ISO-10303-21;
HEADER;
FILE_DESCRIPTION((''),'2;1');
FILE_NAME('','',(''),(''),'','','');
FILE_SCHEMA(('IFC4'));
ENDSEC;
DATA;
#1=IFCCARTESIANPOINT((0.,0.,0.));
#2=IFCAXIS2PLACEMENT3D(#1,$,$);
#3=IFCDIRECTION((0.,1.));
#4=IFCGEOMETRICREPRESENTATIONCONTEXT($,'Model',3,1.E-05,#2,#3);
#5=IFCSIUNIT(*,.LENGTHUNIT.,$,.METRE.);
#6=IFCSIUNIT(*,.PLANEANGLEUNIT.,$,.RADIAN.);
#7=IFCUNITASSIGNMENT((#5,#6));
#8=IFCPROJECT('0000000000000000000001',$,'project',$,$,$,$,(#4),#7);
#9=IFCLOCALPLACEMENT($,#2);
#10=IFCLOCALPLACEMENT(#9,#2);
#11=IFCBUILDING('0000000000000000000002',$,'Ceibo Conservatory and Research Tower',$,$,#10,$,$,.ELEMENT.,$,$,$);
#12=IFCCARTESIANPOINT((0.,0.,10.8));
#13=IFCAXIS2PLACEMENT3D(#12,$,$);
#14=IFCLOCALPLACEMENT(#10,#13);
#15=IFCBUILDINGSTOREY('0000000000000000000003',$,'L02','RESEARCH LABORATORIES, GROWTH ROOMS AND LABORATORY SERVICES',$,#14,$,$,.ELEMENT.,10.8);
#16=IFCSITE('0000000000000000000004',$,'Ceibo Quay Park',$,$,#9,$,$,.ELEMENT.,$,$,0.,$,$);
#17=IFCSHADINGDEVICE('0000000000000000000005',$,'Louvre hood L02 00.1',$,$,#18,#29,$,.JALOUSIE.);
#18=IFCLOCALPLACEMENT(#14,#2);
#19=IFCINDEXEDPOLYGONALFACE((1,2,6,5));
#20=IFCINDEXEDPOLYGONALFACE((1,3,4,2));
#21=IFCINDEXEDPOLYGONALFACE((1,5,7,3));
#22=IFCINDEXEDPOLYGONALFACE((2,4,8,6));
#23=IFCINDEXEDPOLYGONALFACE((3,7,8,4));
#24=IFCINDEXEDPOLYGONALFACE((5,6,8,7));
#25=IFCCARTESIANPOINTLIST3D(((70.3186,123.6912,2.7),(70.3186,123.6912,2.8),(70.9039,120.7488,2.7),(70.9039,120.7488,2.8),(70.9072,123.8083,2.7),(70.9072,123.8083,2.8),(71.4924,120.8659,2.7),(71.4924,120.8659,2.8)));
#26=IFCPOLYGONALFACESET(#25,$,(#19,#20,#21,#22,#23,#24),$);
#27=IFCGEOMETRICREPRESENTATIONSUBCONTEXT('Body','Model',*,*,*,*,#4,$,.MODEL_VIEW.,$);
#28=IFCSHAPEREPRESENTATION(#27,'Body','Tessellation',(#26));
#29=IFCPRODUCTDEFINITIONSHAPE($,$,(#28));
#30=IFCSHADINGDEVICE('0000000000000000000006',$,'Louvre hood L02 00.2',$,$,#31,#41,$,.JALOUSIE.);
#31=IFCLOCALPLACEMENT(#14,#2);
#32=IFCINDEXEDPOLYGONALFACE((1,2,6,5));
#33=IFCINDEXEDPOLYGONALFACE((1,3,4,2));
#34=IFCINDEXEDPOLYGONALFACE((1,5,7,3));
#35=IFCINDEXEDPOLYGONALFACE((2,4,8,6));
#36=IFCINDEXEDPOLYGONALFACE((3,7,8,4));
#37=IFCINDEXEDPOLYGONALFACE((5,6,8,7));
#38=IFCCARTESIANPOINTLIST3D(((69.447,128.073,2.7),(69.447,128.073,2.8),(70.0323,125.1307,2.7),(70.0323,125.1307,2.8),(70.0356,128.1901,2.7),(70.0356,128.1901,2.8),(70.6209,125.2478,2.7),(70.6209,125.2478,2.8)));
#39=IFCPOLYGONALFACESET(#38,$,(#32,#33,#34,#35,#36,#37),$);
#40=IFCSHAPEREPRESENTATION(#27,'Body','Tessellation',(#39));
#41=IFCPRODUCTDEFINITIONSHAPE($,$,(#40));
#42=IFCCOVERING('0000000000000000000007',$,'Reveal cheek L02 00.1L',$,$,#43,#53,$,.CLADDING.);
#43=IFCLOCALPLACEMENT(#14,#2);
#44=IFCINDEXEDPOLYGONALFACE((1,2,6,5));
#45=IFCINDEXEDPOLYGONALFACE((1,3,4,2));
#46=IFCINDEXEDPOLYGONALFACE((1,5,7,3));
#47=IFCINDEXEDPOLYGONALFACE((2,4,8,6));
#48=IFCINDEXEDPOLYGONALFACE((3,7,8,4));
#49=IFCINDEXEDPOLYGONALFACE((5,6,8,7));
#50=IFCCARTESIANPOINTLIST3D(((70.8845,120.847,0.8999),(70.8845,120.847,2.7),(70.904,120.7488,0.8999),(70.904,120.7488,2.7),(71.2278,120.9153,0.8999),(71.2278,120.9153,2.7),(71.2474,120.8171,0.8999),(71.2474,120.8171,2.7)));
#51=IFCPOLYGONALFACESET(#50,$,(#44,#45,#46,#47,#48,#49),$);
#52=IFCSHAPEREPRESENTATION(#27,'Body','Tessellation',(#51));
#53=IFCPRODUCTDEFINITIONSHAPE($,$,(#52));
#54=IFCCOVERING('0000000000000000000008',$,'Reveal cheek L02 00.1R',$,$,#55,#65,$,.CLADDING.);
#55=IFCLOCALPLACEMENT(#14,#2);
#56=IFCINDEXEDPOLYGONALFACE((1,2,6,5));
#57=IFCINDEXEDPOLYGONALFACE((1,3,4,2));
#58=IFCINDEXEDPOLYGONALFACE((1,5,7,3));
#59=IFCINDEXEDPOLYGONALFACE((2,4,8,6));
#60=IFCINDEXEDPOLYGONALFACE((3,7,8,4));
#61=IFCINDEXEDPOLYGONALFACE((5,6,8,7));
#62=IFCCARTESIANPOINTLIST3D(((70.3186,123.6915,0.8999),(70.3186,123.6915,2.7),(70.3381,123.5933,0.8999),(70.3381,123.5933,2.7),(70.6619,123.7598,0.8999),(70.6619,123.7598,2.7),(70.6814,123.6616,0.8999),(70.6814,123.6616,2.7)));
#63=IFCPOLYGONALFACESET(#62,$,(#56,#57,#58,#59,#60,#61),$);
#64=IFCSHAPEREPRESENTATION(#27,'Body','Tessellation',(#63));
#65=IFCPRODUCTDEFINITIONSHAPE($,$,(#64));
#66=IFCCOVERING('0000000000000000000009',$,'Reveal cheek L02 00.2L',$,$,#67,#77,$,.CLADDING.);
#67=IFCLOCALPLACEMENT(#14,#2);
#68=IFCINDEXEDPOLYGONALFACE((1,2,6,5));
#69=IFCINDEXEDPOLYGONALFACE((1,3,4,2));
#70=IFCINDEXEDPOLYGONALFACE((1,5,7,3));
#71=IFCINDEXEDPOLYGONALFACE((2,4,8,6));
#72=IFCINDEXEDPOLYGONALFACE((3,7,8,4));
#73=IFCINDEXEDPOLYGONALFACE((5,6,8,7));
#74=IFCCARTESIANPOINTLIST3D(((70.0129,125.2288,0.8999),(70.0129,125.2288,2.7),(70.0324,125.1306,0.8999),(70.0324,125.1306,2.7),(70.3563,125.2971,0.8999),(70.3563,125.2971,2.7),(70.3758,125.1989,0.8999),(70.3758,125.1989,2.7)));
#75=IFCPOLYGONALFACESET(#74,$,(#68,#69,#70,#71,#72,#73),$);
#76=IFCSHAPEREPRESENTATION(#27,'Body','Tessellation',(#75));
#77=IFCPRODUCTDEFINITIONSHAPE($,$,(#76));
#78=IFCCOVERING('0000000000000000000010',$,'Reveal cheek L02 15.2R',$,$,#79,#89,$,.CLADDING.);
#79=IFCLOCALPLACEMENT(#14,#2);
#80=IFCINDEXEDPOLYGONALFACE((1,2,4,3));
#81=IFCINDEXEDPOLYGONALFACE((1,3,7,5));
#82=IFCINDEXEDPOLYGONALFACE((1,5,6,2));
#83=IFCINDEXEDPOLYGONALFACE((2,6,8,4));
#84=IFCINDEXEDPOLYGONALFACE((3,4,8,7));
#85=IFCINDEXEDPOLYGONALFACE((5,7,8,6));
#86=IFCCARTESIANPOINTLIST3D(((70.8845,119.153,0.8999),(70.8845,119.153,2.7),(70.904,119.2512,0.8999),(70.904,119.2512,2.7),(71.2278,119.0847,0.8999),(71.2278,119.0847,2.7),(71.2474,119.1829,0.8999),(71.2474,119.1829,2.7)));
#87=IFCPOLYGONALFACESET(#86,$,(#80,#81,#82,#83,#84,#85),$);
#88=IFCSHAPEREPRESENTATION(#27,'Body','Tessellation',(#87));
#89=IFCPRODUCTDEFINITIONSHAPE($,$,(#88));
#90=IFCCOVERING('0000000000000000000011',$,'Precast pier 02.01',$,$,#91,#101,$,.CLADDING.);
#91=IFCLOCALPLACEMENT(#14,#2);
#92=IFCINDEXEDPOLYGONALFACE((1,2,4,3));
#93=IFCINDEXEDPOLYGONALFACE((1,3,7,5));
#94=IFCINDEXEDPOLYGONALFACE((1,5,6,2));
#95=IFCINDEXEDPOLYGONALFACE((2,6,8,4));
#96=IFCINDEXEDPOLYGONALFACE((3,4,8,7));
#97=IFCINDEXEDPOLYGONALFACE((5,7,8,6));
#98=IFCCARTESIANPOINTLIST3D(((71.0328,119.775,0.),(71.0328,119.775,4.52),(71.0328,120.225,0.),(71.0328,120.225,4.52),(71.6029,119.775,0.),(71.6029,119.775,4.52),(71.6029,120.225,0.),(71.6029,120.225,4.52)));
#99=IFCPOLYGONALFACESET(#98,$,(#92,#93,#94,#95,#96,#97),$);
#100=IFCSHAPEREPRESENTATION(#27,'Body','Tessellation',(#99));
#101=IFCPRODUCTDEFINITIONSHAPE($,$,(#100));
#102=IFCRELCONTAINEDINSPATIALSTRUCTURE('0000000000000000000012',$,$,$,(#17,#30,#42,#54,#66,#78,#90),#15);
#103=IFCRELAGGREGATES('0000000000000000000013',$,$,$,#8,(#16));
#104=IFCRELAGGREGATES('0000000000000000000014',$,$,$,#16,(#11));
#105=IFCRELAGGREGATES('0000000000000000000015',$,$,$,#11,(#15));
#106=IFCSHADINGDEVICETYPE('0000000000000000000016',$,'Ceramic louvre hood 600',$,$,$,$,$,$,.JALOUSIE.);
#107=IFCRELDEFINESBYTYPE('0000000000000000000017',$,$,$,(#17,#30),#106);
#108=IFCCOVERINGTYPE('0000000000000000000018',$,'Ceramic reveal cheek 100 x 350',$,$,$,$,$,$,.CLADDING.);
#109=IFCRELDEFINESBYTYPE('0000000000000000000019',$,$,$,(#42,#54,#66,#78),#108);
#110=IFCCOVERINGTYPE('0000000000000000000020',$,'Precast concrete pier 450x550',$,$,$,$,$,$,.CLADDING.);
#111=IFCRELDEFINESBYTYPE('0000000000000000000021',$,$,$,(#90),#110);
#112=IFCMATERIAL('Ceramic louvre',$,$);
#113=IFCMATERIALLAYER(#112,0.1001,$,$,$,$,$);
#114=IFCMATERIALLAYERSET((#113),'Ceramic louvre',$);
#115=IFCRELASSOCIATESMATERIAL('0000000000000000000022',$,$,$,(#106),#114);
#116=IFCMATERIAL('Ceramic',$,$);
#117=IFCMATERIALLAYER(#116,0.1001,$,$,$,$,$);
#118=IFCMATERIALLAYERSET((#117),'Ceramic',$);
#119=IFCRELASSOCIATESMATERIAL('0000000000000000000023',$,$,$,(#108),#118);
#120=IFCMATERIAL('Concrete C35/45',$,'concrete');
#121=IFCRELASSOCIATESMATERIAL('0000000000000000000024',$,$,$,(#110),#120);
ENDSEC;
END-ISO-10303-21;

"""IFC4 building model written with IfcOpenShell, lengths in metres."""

from ifc_helpers import new_model, si_unit, direction, frame, origin, origin_2d, place, context, subcontext, project, spatial, rectangle, extrude, material, layer, layer_set, type_object, element, save


model = new_model("IFC4")

# Units and contexts
model_context = context("Model", 3, precision=1e-05, world=origin(), true_north=direction((0.0, 1.0)))
body_context = subcontext(model_context, "Body", "Model", "MODEL_VIEW")
ifc_project = project(units=[si_unit("LENGTHUNIT", "METRE"), si_unit("PLANEANGLEUNIT", "RADIAN")], contexts=[model_context])

# Site, building, storey
site_placement = place(None, origin())
site = spatial("IfcSite", under=ifc_project, at=site_placement, Name="Ceibo Quay Park", CompositionType="ELEMENT", RefElevation=0.0)
building_placement = place(site_placement, origin())
building = spatial("IfcBuilding", under=site, at=building_placement, Name="Ceibo Conservatory and Research Tower", CompositionType="ELEMENT")
storey_placement = place(building_placement, frame((0.0, 0.0, 10.8)))
storey = spatial("IfcBuildingStorey", under=building, at=storey_placement, Name="L02", Description="RESEARCH LABORATORIES, GROWTH ROOMS AND LABORATORY SERVICES", CompositionType="ELEMENT", Elevation=10.8)

# Shared definitions
ifc_material_1 = material(Name="Concrete C35/45", Category="concrete")

# Shading devices
ifc_material_2 = material(Name="Ceramic louvre")
ifc_layer_1 = layer(ifc_material_2, 0.1001)
ifc_layer_set_1 = layer_set([ifc_layer_1], Name="Ceramic louvre")
shading_device_type = type_object("IfcShadingDeviceType", Name="Ceramic louvre hood 600", PredefinedType="JALOUSIE", material=ifc_layer_set_1)
for number, where, z_axis, x_axis, name in (
    (1, (70.9055, 122.2786, 2.7), (0.0, 0.0, 1.0), (-0.19509, 0.980785, 0.0), "Louvre hood L02 00.1"),
    (2, (70.0339, 126.6604, 2.7), (0.0, 0.0, 1.0), (-0.19509, 0.980785, 0.0), "Louvre hood L02 00.2"),
):
    element("IfcShadingDevice", number, at=place(storey_placement, frame(where, z_axis=z_axis, x_axis=x_axis)), inside=storey, type_object=shading_device_type, Name=name, PredefinedType="JALOUSIE", context=body_context, shape_type="SweptSolid", body=[
        extrude(rectangle(XDim=3.0, YDim=0.6001, at=origin_2d()), origin(), (0.0, 0.0, 1.0), 0.1001),
    ])

# Coverings
ifc_material_3 = material(Name="Ceramic")
ifc_layer_2 = layer(ifc_material_3, 0.1001)
ifc_layer_set_2 = layer_set([ifc_layer_2], Name="Ceramic")
covering_type_1 = type_object("IfcCoveringType", Name="Ceramic reveal cheek 100 x 350", PredefinedType="CLADDING", material=ifc_layer_set_2)
for number, where, z_axis, x_axis, name in (
    (3, (71.0659, 120.832, 0.8999), (0.0, 0.0, 1.0), (-0.19509, 0.980785, 0.0), "Reveal cheek L02 00.1L"),
    (4, (70.5, 123.6765, 0.8999), (0.0, 0.0, 1.0), (-0.19509, 0.980785, 0.0), "Reveal cheek L02 00.1R"),
    (5, (70.1943, 125.2139, 0.8999), (0.0, 0.0, 1.0), (-0.19509, 0.980785, 0.0), "Reveal cheek L02 00.2L"),
    (6, (71.0659, 119.168, 0.8999), (0.0, 0.0, 1.0), (0.19509, 0.980785, 0.0), "Reveal cheek L02 15.2R"),
):
    element("IfcCovering", number, at=place(storey_placement, frame(where, z_axis=z_axis, x_axis=x_axis)), inside=storey, type_object=covering_type_1, Name=name, PredefinedType="CLADDING", context=body_context, shape_type="SweptSolid", body=[
        extrude(rectangle(XDim=0.1001, YDim=0.3501, at=origin_2d()), origin(), (0.0, 0.0, 1.0), 1.8),
    ])
covering_type_2 = type_object("IfcCoveringType", Name="Precast concrete pier 450x550", PredefinedType="CLADDING", material=ifc_material_1)
covering_placement = place(storey_placement, frame((71.3179, 120.0, 0.0), z_axis=(0.0, 0.0, 1.0), x_axis=(1.0, 0.0, 0.0)))
element("IfcCovering", 7, at=covering_placement, inside=storey, type_object=covering_type_2, Name="Precast pier 02.01", PredefinedType="CLADDING", context=body_context, shape_type="SweptSolid", body=[
    extrude(rectangle(XDim=0.5701, YDim=0.45, at=origin_2d()), origin(), (0.0, 0.0, 1.0), 4.52),
])

save(model, "model.ifc")
